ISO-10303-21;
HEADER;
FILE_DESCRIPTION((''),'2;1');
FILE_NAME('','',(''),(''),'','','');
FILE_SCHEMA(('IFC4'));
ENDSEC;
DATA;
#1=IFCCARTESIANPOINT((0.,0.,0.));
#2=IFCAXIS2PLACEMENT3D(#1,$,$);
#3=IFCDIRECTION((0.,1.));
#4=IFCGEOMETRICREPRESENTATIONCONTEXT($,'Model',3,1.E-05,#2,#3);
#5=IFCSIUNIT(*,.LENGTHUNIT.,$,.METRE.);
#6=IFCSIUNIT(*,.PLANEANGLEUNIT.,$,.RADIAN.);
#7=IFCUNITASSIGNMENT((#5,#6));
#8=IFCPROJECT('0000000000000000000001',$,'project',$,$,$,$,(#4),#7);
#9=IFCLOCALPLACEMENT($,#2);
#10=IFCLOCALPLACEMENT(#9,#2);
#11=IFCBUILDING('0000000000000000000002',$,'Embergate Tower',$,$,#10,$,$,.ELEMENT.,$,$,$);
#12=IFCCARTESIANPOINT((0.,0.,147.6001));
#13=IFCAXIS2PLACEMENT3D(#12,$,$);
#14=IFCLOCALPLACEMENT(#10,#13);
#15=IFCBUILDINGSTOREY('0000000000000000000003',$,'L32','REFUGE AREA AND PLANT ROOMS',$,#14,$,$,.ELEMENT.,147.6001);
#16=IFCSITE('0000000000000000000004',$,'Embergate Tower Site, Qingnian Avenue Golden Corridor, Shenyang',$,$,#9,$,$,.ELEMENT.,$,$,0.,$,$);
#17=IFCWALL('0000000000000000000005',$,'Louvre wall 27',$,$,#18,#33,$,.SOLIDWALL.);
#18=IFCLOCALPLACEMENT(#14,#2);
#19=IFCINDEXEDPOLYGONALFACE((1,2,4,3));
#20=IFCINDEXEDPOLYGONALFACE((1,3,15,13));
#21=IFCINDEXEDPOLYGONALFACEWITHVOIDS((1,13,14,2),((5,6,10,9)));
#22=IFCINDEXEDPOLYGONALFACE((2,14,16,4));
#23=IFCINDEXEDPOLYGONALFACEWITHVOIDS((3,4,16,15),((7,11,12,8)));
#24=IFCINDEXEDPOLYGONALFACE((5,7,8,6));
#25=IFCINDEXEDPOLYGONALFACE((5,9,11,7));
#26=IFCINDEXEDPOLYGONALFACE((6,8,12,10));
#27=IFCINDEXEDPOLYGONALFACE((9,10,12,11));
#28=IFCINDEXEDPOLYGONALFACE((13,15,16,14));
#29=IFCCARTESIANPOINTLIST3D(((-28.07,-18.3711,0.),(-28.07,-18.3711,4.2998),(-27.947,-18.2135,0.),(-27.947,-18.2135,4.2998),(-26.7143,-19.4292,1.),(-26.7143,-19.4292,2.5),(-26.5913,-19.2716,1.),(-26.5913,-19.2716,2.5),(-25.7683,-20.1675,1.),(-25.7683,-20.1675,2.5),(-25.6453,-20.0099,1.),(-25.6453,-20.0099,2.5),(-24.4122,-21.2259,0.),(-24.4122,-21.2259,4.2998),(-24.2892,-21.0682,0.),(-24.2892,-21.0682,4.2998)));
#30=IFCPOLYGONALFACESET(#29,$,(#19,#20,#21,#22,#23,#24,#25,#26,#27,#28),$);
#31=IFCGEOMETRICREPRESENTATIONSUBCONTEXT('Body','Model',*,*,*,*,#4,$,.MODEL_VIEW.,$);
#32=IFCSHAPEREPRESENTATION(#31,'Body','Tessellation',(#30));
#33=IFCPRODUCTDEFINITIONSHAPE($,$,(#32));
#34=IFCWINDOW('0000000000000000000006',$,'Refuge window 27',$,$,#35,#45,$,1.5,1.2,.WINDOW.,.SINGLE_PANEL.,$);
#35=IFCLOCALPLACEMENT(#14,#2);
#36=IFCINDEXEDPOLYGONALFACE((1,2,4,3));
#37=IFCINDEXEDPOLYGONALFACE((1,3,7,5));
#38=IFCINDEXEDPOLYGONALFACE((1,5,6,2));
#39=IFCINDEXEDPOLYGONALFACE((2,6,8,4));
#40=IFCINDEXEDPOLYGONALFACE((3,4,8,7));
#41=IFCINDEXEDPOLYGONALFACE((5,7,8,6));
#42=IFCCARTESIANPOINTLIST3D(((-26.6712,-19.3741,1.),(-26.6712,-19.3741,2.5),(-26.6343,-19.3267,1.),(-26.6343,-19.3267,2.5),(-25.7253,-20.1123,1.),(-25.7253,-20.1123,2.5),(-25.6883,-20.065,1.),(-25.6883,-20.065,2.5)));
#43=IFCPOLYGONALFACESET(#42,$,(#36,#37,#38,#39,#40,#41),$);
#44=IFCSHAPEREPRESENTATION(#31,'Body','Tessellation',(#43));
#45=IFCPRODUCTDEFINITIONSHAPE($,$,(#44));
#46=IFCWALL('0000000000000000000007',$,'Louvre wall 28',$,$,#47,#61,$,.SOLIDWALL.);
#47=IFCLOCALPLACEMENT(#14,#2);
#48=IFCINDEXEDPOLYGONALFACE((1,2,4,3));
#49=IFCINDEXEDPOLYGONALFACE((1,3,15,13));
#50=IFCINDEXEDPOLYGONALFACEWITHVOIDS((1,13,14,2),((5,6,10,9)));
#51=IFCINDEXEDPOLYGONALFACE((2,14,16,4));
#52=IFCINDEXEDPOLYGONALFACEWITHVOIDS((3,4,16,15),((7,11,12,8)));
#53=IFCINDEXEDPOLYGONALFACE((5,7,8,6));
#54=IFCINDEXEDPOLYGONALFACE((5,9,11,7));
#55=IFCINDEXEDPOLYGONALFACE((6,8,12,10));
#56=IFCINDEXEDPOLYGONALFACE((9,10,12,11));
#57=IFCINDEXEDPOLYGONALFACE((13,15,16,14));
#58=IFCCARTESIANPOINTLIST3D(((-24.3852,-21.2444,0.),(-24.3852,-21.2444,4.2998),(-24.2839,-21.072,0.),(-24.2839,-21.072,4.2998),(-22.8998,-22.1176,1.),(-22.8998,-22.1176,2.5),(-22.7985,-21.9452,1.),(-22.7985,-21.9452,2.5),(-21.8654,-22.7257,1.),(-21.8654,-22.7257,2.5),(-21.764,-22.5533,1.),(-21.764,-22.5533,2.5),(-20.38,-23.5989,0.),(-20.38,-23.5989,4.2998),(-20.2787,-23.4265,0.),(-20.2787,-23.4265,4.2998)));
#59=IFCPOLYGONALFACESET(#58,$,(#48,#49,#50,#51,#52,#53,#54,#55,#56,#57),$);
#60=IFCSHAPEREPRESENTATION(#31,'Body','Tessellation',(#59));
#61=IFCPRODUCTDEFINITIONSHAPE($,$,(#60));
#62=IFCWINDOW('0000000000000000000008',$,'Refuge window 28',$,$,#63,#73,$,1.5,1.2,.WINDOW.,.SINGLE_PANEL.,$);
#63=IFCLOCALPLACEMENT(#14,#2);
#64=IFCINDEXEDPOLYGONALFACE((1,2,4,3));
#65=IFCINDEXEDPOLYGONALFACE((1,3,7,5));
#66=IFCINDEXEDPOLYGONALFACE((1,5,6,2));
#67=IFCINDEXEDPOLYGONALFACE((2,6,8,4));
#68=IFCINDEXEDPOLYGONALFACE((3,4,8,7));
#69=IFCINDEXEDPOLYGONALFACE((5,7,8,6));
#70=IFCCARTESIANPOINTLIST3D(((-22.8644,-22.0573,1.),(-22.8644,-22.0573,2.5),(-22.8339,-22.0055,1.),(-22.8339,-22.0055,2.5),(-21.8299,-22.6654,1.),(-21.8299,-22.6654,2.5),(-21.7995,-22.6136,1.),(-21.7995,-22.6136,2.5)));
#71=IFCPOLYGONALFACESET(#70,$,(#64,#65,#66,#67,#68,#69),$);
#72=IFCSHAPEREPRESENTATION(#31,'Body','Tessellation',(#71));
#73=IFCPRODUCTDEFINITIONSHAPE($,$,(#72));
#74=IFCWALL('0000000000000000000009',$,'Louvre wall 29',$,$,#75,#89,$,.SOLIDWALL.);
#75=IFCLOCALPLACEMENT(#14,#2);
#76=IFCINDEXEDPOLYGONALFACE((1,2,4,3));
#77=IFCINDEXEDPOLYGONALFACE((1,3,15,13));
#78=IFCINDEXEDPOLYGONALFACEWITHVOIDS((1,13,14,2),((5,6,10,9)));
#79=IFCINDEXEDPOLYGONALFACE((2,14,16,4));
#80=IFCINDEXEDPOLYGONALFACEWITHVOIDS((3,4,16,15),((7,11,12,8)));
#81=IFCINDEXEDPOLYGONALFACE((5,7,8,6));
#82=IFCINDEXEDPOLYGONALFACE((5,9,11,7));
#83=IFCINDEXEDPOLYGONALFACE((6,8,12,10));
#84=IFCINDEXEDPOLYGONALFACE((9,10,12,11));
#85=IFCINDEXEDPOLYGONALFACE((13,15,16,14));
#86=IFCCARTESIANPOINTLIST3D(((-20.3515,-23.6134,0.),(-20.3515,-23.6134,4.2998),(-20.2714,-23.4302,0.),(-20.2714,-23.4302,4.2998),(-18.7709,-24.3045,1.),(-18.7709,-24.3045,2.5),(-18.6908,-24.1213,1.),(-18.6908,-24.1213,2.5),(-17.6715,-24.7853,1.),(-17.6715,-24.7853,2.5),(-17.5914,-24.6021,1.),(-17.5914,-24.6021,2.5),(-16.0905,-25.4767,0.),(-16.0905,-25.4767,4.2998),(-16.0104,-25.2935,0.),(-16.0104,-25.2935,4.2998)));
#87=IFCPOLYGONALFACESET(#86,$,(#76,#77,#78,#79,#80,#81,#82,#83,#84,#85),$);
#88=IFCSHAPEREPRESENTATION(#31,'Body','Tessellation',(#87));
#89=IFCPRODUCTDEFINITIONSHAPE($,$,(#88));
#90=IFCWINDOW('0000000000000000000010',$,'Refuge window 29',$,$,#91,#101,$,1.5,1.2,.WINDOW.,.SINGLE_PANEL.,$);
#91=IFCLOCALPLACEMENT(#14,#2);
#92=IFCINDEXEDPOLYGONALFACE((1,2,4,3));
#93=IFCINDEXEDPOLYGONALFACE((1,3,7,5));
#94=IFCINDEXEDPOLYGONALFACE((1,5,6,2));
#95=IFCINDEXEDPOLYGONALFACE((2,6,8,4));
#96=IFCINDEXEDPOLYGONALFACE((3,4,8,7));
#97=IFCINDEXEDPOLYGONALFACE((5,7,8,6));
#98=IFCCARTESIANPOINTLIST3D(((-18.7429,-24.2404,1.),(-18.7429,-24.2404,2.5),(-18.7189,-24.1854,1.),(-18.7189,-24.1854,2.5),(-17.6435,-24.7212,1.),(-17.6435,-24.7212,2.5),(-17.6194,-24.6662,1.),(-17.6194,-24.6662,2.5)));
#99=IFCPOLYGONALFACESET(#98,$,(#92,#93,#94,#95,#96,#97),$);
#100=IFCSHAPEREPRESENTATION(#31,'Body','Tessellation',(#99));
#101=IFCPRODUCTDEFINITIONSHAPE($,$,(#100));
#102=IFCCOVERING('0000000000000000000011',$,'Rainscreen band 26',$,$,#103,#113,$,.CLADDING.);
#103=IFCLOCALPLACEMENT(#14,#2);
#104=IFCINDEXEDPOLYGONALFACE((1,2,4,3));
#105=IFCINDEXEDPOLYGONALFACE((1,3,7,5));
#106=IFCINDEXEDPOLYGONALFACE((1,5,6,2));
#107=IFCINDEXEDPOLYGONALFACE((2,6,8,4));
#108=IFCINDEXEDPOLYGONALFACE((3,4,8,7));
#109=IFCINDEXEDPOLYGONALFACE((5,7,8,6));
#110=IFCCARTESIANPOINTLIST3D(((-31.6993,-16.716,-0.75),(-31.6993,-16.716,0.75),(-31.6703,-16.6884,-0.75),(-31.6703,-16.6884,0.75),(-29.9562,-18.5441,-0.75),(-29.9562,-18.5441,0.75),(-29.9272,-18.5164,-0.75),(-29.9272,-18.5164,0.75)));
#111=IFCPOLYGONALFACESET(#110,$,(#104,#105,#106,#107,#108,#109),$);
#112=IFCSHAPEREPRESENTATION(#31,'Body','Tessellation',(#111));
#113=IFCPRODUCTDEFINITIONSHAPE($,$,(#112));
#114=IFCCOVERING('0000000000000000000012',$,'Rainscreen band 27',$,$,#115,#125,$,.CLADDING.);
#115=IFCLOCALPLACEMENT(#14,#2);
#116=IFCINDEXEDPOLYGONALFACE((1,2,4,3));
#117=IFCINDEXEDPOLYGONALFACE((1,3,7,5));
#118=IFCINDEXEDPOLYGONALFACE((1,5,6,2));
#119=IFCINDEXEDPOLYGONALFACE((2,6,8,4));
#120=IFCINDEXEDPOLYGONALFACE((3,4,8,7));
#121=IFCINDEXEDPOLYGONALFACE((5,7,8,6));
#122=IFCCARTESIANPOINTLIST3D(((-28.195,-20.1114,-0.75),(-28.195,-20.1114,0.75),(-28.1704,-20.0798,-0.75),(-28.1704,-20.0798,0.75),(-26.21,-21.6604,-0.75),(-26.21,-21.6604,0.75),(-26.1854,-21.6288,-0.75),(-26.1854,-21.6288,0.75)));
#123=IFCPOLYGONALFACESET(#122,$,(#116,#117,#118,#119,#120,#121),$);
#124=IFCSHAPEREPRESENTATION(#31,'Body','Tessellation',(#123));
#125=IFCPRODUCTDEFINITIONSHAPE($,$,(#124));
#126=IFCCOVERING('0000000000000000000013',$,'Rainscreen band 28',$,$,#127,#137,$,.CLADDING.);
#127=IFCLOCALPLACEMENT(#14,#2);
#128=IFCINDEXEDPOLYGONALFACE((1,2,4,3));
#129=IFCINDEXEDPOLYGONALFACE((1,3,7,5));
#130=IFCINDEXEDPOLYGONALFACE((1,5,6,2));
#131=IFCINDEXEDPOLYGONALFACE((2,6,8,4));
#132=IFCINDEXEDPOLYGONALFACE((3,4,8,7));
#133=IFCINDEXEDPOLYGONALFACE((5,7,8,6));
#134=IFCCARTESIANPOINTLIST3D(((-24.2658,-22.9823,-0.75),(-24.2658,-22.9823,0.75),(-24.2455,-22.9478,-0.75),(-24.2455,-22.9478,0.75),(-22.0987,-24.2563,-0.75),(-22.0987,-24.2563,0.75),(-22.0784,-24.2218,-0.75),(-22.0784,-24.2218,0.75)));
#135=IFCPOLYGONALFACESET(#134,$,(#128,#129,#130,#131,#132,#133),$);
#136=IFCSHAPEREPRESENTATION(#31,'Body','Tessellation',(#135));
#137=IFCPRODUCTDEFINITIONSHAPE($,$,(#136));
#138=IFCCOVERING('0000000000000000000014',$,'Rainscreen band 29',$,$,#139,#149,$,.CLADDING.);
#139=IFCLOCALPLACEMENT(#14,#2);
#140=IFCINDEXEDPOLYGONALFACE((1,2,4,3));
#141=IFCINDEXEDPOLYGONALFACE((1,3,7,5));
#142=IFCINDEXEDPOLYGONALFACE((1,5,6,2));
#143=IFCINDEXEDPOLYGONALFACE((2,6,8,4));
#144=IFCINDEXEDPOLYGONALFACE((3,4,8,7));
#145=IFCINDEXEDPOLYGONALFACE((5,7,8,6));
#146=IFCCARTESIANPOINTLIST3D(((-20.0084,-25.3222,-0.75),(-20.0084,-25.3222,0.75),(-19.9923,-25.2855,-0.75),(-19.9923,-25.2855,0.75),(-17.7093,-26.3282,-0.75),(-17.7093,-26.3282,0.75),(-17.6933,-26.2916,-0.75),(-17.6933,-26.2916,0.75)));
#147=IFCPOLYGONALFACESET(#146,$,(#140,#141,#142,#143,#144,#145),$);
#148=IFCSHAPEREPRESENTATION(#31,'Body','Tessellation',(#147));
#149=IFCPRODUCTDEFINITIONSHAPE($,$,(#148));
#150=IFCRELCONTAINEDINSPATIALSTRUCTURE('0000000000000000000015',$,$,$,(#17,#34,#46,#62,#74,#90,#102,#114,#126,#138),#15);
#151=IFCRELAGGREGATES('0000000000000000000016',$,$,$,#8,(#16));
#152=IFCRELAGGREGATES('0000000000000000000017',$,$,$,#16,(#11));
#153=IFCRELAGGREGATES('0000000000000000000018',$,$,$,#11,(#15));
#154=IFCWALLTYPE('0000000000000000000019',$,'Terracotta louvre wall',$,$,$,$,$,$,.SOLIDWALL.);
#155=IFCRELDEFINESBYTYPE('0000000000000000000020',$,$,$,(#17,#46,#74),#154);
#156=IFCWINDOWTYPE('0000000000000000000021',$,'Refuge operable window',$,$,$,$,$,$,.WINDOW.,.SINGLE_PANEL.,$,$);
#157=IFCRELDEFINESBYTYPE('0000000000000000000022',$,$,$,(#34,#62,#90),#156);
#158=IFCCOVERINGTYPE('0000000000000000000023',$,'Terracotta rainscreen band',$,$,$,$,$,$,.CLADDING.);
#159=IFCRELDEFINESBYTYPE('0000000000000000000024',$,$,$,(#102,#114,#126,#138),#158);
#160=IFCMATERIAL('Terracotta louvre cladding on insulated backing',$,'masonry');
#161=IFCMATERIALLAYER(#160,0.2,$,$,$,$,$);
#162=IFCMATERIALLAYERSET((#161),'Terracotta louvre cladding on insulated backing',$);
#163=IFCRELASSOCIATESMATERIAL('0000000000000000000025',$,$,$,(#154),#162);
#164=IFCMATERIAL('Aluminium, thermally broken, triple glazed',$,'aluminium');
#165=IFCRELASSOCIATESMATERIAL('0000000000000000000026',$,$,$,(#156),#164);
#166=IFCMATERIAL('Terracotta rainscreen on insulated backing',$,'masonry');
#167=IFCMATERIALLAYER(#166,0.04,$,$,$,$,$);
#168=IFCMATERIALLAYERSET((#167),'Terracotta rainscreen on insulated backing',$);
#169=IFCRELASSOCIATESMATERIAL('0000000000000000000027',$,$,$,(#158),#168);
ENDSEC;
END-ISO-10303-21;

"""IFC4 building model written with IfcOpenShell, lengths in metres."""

from ifc_helpers import new_model, si_unit, direction, frame, frame_2d, origin, origin_2d, place, context, subcontext, project, spatial, rectangle, extrude, source, transform, mapped, material, layer, layer_set, type_object, element, fill, save


model = new_model("IFC4")

# Units and contexts
model_context = context("Model", 3, precision=1e-05, world=origin(), true_north=direction((0.0, 1.0)))
body_context = subcontext(model_context, "Body", "Model", "MODEL_VIEW")
ifc_project = project(units=[si_unit("LENGTHUNIT", "METRE"), si_unit("PLANEANGLEUNIT", "RADIAN")], contexts=[model_context])

# Site, building, storey
site_placement = place(None, origin())
site = spatial("IfcSite", under=ifc_project, at=site_placement, Name="Embergate Tower Site, Qingnian Avenue Golden Corridor, Shenyang", CompositionType="ELEMENT", RefElevation=0.0)
building_placement = place(site_placement, origin())
building = spatial("IfcBuilding", under=site, at=building_placement, Name="Embergate Tower", CompositionType="ELEMENT")
storey_placement = place(building_placement, frame((0.0, 0.0, 147.6001)))
storey = spatial("IfcBuildingStorey", under=building, at=storey_placement, Name="L32", Description="REFUGE AREA AND PLANT ROOMS", CompositionType="ELEMENT", Elevation=147.6001)

# Walls, openings, windows
ifc_material_1 = material(Name="Terracotta louvre cladding on insulated backing", Category="masonry")
ifc_layer_1 = layer(ifc_material_1, 0.2)
ifc_layer_set_1 = layer_set([ifc_layer_1], Name="Terracotta louvre cladding on insulated backing")
wall_type = type_object("IfcWallType", Name="Terracotta louvre wall", PredefinedType="SOLIDWALL", material=ifc_layer_set_1)
shared_shape_1 = source(origin(), body_context, "Body", "SweptSolid", [
    extrude(rectangle(XDim=1.2, YDim=1.5, at=frame_2d((0.6001, 0.75))), frame((0.0, 0.1099, 0.0), z_axis=(0.0, -1.0, 0.0), x_axis=(1.0, 0.0, 0.0)), (0.0, 0.0, 1.0), 0.22),
])
ifc_material_2 = material(Name="Aluminium, thermally broken, triple glazed", Category="aluminium")
window_type = type_object("IfcWindowType", Name="Refuge operable window", PartitioningType="SINGLE_PANEL", PredefinedType="WINDOW", material=ifc_material_2)
shared_shape_2 = source(origin(), body_context, "Body", "SweptSolid", [
    extrude(rectangle(XDim=1.2, YDim=1.5, at=frame_2d((0.6001, 0.75))), frame((0.0, 0.03, 0.0), z_axis=(0.0, -1.0, 0.0), x_axis=(1.0, 0.0, 0.0)), (0.0, 0.0, 1.0), 0.0601),
])
shared_shape_3 = source(origin(), body_context, "Body", "SweptSolid", [
    extrude(rectangle(XDim=4.6399, YDim=0.2, at=frame_2d((2.3198, 0.0))), origin(), (0.0, 0.0, 1.0), 4.2998),
])
wall_1_placement = place(storey_placement, frame((-24.3508, -21.147, 0.0), z_axis=(0.0, 0.0, 1.0), x_axis=(-0.788323, 0.615262, 0.0)))
wall_1 = element("IfcWall", 1, at=wall_1_placement, inside=storey, type_object=wall_type, Name="Louvre wall 27", PredefinedType="SOLIDWALL", context=body_context, shape_type="MappedRepresentation", body=[
    mapped(shared_shape_3, transform((0.0, 0.0, 0.0))),
])
opening_1_placement = place(wall_1_placement, frame((1.72, 0.0, 1.0)))
opening_1 = element("IfcOpeningElement", 2, at=opening_1_placement, cuts=wall_1, PredefinedType="OPENING", context=body_context, shape_type="MappedRepresentation", body=[
    mapped(shared_shape_1, transform((0.0, 0.0, 0.0))),
])
window_1_placement = place(opening_1_placement, origin())
window_1 = element("IfcWindow", 3, at=window_1_placement, inside=storey, type_object=window_type, Name="Refuge window 27", OverallHeight=1.5, OverallWidth=1.2, PartitioningType="SINGLE_PANEL", PredefinedType="WINDOW", context=body_context, shape_type="MappedRepresentation", body=[
    mapped(shared_shape_2, transform((0.0, 0.0, 0.0))),
])
fill(opening_1, window_1)
shared_shape_4 = source(origin(), body_context, "Body", "SweptSolid", [
    extrude(rectangle(XDim=4.646, YDim=0.2, at=frame_2d((2.323, 0.0))), origin(), (0.0, 0.0, 1.0), 4.2998),
])
wall_2_placement = place(storey_placement, frame((-20.3293, -23.5127, 0.0), z_axis=(0.0, 0.0, 1.0), x_axis=(-0.862072, 0.506786, 0.0)))
wall_2 = element("IfcWall", 4, at=wall_2_placement, inside=storey, type_object=wall_type, Name="Louvre wall 28", PredefinedType="SOLIDWALL", context=body_context, shape_type="MappedRepresentation", body=[
    mapped(shared_shape_4, transform((0.0, 0.0, 0.0))),
])
opening_2_placement = place(wall_2_placement, frame((1.7229, 0.0, 1.0)))
opening_2 = element("IfcOpeningElement", 5, at=opening_2_placement, cuts=wall_2, PredefinedType="OPENING", context=body_context, shape_type="MappedRepresentation", body=[
    mapped(shared_shape_1, transform((0.0, 0.0, 0.0))),
])
window_2_placement = place(opening_2_placement, origin())
window_2 = element("IfcWindow", 6, at=window_2_placement, inside=storey, type_object=window_type, Name="Refuge window 28", OverallHeight=1.5, OverallWidth=1.2, PartitioningType="SINGLE_PANEL", PredefinedType="WINDOW", context=body_context, shape_type="MappedRepresentation", body=[
    mapped(shared_shape_2, transform((0.0, 0.0, 0.0))),
])
fill(opening_2, window_2)
shared_shape_5 = source(origin(), body_context, "Body", "SweptSolid", [
    extrude(rectangle(XDim=4.6506, YDim=0.2, at=frame_2d((2.3252, 0.0))), origin(), (0.0, 0.0, 1.0), 4.2998),
])
wall_3_placement = place(storey_placement, frame((-16.0505, -25.385, 0.0), z_axis=(0.0, 0.0, 1.0), x_axis=(-0.916228, 0.400656, 0.0)))
wall_3 = element("IfcWall", 7, at=wall_3_placement, inside=storey, type_object=wall_type, Name="Louvre wall 29", PredefinedType="SOLIDWALL", context=body_context, shape_type="MappedRepresentation", body=[
    mapped(shared_shape_5, transform((0.0, 0.0, 0.0))),
])
opening_3_placement = place(wall_3_placement, frame((1.7253, 0.0, 1.0)))
opening_3 = element("IfcOpeningElement", 8, at=opening_3_placement, cuts=wall_3, PredefinedType="OPENING", context=body_context, shape_type="MappedRepresentation", body=[
    mapped(shared_shape_1, transform((0.0, 0.0, 0.0))),
])
window_3_placement = place(opening_3_placement, origin())
window_3 = element("IfcWindow", 9, at=window_3_placement, inside=storey, type_object=window_type, Name="Refuge window 29", OverallHeight=1.5, OverallWidth=1.2, PartitioningType="SINGLE_PANEL", PredefinedType="WINDOW", context=body_context, shape_type="MappedRepresentation", body=[
    mapped(shared_shape_2, transform((0.0, 0.0, 0.0))),
])
fill(opening_3, window_3)

# Coverings
ifc_material_3 = material(Name="Terracotta rainscreen on insulated backing", Category="masonry")
ifc_layer_2 = layer(ifc_material_3, 0.04)
ifc_layer_set_2 = layer_set([ifc_layer_2], Name="Terracotta rainscreen on insulated backing")
covering_type = type_object("IfcCoveringType", Name="Terracotta rainscreen band", PredefinedType="CLADDING", material=ifc_layer_set_2)
shared_shape_6 = source(origin(), body_context, "Body", "SweptSolid", [
    extrude(rectangle(XDim=2.5259, YDim=0.04, at=origin_2d()), origin(), (0.0, 0.0, 1.0), 1.5),
])
covering_1_placement = place(storey_placement, frame((-30.8132, -17.6162, -0.75), z_axis=(0.0, 0.0, 1.0), x_axis=(0.690081, -0.723732, 0.0)))
element("IfcCovering", 10, at=covering_1_placement, inside=storey, type_object=covering_type, Name="Rainscreen band 26", PredefinedType="CLADDING", context=body_context, shape_type="MappedRepresentation", body=[
    mapped(shared_shape_6, transform((0.0, 0.0, 0.0))),
])
shared_shape_7 = source(origin(), body_context, "Body", "SweptSolid", [
    extrude(rectangle(XDim=2.5178, YDim=0.04, at=origin_2d()), origin(), (0.0, 0.0, 1.0), 1.5),
])
covering_2_placement = place(storey_placement, frame((-27.1902, -20.8701, -0.75), z_axis=(0.0, 0.0, 1.0), x_axis=(0.788367, -0.615205, 0.0)))
element("IfcCovering", 11, at=covering_2_placement, inside=storey, type_object=covering_type, Name="Rainscreen band 27", PredefinedType="CLADDING", context=body_context, shape_type="MappedRepresentation", body=[
    mapped(shared_shape_7, transform((0.0, 0.0, 0.0))),
])
shared_shape_8 = source(origin(), body_context, "Body", "SweptSolid", [
    extrude(rectangle(XDim=2.5139, YDim=0.04, at=origin_2d()), origin(), (0.0, 0.0, 1.0), 1.5),
])
covering_3_placement = place(storey_placement, frame((-23.1721, -23.6021, -0.75), z_axis=(0.0, 0.0, 1.0), x_axis=(0.862057, -0.506812, 0.0)))
element("IfcCovering", 12, at=covering_3_placement, inside=storey, type_object=covering_type, Name="Rainscreen band 28", PredefinedType="CLADDING", context=body_context, shape_type="MappedRepresentation", body=[
    mapped(shared_shape_8, transform((0.0, 0.0, 0.0))),
])
shared_shape_9 = source(origin(), body_context, "Body", "SweptSolid", [
    extrude(rectangle(XDim=2.5095, YDim=0.04, at=origin_2d()), origin(), (0.0, 0.0, 1.0), 1.5),
])
covering_4_placement = place(storey_placement, frame((-18.8508, -25.8069, -0.75), z_axis=(0.0, 0.0, 1.0), x_axis=(0.91613, -0.400882, 0.0)))
element("IfcCovering", 13, at=covering_4_placement, inside=storey, type_object=covering_type, Name="Rainscreen band 29", PredefinedType="CLADDING", context=body_context, shape_type="MappedRepresentation", body=[
    mapped(shared_shape_9, transform((0.0, 0.0, 0.0))),
])

save(model, "model.ifc")
